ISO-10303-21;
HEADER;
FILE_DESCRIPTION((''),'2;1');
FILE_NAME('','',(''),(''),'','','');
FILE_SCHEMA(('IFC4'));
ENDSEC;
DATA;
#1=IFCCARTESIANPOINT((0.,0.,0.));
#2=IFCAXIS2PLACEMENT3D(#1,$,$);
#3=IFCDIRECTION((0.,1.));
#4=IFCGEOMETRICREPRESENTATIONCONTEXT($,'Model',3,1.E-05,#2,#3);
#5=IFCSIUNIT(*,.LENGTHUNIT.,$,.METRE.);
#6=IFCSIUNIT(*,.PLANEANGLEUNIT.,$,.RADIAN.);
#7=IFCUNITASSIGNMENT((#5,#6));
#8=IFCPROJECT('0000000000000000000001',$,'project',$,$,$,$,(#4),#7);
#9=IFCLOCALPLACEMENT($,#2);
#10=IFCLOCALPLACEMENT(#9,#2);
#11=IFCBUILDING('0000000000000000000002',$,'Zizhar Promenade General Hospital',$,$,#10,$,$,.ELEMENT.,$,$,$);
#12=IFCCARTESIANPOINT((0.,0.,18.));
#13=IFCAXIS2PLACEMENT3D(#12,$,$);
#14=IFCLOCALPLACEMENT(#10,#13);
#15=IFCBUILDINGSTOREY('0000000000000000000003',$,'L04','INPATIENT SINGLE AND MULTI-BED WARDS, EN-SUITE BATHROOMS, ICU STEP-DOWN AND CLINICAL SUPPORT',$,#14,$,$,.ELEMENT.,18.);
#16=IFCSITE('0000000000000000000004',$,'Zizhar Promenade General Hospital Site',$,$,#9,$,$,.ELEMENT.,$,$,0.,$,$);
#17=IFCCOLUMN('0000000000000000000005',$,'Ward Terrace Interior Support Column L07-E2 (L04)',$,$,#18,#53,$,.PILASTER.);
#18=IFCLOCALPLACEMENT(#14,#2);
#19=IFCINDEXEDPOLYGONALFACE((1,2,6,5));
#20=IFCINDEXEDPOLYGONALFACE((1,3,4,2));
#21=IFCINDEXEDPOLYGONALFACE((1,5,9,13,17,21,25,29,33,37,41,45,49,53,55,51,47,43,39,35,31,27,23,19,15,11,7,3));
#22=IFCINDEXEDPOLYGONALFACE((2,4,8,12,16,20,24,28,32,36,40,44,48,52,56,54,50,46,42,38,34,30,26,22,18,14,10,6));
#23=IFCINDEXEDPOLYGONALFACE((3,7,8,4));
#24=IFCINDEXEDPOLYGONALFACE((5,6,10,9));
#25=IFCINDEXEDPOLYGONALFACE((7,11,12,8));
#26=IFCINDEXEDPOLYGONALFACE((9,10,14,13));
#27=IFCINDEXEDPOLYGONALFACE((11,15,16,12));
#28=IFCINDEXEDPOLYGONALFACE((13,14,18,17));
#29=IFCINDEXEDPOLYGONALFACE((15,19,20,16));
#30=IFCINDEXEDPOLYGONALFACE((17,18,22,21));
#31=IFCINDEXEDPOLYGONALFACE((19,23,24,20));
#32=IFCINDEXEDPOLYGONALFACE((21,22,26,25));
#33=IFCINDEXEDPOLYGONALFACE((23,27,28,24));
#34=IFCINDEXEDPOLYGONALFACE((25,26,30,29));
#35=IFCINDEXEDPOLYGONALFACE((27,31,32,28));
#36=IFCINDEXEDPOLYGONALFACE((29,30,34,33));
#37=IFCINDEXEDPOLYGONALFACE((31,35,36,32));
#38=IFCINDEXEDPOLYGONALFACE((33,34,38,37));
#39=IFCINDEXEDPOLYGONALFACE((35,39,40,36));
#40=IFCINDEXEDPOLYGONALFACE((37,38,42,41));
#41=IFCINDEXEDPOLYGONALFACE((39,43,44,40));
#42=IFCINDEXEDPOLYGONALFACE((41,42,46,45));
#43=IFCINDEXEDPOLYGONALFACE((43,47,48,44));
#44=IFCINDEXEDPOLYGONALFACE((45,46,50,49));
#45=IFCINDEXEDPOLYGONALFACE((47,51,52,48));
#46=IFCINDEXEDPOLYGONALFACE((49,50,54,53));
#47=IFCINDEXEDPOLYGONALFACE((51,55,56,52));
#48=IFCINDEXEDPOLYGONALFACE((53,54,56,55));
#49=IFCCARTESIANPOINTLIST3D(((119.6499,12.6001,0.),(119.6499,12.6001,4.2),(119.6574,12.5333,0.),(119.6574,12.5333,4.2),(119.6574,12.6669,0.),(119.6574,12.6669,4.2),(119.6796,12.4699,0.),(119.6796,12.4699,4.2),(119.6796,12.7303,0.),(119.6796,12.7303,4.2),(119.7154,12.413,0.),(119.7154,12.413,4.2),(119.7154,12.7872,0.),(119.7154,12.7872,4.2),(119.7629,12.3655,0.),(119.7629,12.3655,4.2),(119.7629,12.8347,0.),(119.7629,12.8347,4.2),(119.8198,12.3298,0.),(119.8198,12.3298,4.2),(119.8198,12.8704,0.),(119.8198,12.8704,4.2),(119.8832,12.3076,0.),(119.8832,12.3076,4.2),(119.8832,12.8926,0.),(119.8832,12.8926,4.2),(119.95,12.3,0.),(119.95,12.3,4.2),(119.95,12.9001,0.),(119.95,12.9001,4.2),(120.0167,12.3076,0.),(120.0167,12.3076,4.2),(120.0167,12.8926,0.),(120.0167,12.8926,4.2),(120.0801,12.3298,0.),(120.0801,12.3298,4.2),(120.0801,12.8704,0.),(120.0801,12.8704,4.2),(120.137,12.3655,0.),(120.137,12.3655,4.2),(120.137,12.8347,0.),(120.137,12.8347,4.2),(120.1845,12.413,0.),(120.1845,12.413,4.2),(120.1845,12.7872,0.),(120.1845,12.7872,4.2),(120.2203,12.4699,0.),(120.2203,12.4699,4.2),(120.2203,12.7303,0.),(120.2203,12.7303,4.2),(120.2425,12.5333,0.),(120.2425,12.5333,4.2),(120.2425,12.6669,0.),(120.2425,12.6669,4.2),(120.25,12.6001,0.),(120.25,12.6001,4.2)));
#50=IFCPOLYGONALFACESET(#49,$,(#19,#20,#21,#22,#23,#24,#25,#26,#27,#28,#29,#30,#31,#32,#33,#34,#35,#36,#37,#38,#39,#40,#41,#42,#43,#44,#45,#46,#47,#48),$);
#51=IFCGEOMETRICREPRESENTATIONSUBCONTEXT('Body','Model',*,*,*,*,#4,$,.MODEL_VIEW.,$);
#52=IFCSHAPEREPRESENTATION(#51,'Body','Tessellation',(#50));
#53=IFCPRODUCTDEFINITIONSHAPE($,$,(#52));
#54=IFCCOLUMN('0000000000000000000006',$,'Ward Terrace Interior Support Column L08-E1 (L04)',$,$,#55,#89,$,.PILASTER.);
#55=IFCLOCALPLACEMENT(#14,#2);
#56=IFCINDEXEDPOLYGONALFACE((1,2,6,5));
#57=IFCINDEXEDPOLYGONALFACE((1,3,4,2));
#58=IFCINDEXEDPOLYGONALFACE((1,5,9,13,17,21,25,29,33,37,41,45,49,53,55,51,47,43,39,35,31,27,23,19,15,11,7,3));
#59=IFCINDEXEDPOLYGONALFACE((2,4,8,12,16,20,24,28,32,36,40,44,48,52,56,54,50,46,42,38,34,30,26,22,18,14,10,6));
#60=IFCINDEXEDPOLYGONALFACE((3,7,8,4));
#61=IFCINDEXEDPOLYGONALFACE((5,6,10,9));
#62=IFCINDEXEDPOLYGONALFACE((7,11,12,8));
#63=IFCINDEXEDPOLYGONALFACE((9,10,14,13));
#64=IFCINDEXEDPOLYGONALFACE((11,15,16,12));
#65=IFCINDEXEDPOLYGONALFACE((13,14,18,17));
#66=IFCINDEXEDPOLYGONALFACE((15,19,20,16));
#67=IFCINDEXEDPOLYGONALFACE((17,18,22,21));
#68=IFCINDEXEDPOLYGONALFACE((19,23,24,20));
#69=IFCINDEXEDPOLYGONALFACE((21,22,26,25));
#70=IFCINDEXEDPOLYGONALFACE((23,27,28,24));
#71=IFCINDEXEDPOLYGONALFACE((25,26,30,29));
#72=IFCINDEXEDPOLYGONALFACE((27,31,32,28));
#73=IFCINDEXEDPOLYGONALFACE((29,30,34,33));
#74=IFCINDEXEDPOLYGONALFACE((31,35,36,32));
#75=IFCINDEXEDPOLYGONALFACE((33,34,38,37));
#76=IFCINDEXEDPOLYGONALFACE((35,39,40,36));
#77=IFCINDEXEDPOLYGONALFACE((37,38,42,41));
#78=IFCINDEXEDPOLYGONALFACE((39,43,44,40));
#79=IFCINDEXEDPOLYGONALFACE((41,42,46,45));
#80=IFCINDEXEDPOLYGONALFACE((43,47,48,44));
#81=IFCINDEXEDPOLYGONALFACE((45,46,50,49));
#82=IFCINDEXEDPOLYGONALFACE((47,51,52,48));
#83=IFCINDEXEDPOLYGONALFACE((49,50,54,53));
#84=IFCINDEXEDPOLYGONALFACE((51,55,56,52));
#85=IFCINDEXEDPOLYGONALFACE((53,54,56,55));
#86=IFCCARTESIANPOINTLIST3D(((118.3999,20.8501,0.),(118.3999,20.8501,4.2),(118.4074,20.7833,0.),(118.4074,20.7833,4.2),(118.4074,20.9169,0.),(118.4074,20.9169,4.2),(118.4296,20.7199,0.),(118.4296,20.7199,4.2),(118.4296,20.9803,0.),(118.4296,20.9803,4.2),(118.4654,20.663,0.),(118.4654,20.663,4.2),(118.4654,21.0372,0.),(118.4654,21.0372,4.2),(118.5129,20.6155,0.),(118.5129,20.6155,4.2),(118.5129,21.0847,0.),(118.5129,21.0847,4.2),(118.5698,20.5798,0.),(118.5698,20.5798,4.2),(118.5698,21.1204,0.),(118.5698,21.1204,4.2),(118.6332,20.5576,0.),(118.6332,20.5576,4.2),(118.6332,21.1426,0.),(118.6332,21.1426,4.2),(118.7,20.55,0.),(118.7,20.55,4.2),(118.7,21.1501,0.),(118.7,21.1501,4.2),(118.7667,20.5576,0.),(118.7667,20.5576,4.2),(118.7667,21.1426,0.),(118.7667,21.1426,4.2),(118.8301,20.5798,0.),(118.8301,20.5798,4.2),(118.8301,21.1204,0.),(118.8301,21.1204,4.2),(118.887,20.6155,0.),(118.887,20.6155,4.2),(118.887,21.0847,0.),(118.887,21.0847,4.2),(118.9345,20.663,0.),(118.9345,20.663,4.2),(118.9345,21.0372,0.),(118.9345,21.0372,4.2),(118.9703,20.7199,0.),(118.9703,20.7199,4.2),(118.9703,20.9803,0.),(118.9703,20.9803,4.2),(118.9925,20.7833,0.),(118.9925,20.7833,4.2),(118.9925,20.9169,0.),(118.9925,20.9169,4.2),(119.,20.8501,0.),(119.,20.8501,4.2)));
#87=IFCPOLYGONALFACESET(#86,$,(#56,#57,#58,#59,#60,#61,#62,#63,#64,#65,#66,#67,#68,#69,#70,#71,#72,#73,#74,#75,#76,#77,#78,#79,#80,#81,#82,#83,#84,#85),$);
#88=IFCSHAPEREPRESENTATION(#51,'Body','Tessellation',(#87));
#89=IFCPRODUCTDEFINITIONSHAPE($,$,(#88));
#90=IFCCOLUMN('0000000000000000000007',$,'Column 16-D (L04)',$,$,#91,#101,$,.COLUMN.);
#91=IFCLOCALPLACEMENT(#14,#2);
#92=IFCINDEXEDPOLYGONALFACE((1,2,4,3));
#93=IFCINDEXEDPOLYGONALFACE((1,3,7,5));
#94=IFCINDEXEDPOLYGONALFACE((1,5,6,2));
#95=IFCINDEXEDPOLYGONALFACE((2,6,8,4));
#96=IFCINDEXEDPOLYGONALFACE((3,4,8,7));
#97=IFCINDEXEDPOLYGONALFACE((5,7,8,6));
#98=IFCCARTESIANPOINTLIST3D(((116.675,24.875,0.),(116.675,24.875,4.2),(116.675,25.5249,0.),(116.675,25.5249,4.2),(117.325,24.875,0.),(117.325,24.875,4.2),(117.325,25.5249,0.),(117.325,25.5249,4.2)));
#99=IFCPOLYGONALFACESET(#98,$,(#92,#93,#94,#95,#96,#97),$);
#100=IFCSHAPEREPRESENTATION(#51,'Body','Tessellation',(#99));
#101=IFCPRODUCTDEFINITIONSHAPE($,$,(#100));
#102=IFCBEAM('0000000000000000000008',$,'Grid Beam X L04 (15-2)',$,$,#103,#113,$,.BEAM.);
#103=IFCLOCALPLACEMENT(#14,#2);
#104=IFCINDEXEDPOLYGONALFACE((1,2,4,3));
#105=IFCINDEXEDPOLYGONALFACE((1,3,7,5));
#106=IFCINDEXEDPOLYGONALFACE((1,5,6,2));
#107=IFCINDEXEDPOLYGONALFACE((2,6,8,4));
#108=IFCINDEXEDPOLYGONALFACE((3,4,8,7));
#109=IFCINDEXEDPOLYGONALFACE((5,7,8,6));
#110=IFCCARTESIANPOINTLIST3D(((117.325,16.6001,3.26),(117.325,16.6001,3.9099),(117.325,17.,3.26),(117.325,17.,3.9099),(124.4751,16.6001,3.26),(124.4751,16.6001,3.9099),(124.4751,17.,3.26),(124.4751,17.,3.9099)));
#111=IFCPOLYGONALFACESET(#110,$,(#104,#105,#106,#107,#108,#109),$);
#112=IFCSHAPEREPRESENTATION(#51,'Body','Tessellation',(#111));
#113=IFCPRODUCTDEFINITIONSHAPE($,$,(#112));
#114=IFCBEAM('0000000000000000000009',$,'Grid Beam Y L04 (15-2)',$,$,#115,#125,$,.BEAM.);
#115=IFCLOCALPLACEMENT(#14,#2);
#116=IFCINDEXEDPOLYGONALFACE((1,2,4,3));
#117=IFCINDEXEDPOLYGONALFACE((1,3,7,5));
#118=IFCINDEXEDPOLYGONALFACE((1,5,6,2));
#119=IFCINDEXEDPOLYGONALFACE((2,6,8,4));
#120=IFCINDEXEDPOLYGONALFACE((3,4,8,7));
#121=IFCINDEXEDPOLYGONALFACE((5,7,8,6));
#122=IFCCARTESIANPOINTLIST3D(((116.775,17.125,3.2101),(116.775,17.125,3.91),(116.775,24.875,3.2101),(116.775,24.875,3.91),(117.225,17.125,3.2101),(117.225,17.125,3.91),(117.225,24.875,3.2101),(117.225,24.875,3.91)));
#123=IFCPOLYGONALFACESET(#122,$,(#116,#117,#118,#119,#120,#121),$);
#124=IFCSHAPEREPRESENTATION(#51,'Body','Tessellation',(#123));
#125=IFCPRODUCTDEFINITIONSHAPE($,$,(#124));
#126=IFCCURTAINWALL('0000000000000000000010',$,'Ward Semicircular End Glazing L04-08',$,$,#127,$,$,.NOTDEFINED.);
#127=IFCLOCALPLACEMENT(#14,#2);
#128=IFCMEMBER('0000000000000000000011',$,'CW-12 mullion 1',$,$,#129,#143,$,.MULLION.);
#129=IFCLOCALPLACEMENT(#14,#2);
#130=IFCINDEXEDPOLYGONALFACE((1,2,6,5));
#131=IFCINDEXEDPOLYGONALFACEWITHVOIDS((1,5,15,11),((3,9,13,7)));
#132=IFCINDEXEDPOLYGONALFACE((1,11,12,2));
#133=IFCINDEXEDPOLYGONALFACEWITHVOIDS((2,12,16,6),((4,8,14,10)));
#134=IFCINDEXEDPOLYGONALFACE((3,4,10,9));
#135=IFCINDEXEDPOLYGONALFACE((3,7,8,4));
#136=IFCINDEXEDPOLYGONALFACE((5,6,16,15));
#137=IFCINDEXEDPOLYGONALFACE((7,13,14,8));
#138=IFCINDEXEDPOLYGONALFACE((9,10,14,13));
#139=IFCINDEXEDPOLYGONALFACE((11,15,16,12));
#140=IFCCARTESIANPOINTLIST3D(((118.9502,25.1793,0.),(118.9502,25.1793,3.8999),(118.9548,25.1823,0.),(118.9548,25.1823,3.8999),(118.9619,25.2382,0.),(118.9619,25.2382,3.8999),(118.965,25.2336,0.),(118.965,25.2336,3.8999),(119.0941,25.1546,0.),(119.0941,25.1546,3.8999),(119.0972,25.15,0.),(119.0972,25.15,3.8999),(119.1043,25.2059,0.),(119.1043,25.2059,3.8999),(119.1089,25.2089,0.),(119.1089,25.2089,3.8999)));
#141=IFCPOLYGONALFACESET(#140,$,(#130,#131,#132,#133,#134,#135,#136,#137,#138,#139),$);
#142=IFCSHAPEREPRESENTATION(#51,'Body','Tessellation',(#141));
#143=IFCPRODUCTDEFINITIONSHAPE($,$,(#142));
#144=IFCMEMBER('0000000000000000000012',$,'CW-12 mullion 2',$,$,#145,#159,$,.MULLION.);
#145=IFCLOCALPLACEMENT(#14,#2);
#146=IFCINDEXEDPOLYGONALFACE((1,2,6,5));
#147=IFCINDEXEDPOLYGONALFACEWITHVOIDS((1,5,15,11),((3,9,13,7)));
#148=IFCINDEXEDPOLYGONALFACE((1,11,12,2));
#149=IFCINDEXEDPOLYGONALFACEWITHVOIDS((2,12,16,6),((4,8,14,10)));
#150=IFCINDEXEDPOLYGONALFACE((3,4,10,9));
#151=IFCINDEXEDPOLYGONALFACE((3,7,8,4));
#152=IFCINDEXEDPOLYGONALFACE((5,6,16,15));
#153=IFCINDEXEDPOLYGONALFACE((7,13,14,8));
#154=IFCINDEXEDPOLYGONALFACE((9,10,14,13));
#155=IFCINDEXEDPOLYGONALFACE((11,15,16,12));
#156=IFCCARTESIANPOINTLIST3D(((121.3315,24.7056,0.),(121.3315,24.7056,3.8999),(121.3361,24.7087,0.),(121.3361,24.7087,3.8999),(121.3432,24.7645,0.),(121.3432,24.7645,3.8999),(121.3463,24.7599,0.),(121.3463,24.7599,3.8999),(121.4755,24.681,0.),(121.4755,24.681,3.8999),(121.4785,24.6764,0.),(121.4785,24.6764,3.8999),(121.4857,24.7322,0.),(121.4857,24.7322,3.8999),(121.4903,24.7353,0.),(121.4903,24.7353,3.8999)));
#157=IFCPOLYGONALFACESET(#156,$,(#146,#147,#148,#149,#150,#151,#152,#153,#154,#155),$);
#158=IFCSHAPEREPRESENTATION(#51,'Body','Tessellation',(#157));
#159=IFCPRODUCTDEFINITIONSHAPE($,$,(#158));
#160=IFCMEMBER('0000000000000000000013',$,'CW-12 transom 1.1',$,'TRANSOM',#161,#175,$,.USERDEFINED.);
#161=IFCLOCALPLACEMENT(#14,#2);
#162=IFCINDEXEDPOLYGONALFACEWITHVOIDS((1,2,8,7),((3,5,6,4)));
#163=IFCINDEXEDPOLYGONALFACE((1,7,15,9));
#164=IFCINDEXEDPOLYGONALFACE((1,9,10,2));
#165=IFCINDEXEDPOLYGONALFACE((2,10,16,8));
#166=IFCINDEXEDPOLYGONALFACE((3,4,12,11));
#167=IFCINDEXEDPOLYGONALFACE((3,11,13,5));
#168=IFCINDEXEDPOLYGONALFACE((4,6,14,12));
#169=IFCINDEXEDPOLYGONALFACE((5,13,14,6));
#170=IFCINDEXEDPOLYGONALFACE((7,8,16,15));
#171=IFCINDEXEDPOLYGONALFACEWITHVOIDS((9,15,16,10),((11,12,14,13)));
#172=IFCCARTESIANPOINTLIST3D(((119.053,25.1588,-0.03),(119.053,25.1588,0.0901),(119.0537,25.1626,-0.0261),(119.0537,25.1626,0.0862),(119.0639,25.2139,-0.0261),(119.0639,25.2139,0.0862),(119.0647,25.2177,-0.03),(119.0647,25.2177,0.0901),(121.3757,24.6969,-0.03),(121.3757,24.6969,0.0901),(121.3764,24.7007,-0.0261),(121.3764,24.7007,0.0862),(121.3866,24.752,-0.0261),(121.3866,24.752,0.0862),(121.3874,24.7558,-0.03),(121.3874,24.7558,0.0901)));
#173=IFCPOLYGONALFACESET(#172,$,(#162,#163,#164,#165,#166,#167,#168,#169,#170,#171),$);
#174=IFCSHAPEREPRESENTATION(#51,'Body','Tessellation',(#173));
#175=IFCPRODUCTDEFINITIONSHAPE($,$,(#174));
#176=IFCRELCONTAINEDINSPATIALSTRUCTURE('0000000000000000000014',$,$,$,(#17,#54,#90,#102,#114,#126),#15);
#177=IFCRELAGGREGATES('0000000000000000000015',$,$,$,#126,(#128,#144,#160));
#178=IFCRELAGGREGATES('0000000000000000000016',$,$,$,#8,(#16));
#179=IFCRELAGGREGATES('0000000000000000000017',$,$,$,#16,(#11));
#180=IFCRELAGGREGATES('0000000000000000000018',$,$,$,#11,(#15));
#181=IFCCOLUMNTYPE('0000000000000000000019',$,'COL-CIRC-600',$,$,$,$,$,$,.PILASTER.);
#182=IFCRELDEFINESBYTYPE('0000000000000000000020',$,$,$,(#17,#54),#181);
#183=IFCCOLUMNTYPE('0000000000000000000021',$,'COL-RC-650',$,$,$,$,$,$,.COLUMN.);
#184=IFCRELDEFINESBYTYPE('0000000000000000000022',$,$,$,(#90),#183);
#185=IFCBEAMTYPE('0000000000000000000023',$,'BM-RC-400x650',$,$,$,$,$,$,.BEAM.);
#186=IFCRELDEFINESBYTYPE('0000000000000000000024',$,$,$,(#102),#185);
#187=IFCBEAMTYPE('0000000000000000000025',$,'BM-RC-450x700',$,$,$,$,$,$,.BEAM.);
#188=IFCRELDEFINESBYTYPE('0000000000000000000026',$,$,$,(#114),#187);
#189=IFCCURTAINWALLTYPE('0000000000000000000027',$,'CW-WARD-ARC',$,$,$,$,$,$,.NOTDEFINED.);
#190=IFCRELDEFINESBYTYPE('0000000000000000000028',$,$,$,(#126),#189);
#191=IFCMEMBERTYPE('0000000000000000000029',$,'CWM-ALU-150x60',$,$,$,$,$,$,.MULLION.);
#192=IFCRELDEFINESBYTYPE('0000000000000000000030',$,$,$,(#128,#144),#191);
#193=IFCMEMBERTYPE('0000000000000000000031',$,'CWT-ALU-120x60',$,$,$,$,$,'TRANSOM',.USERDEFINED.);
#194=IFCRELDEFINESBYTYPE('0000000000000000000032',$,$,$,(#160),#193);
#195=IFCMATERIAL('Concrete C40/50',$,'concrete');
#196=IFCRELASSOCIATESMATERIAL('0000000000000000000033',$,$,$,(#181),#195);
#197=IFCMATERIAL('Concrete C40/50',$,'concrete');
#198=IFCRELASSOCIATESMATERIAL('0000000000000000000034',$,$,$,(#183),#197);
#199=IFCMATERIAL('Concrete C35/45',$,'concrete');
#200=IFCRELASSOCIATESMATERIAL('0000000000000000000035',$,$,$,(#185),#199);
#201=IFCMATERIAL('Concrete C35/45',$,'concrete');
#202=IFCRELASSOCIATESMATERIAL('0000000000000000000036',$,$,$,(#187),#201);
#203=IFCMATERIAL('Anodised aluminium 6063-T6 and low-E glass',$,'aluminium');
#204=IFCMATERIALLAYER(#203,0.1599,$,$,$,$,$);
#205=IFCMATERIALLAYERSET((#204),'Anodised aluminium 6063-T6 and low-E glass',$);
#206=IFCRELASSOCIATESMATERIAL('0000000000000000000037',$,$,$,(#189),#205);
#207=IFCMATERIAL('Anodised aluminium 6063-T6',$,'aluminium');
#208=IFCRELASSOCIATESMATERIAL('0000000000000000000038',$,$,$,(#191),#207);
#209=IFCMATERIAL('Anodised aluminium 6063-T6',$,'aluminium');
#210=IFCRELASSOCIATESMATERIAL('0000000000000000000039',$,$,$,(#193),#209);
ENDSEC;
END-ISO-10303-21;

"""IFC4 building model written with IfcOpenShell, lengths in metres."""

from ifc_helpers import new_model, si_unit, direction, frame, origin, origin_2d, place, context, subcontext, project, spatial, rectangle, hollow_rectangle, circle, extrude, material, layer, layer_set, material_profile, profile_set, type_object, element, aggregate, save


model = new_model("IFC4")

# Units and contexts
model_context = context("Model", 3, precision=1e-05, world=origin(), true_north=direction((0.0, 1.0)))
body_context = subcontext(model_context, "Body", "Model", "MODEL_VIEW")
ifc_project = project(units=[si_unit("LENGTHUNIT", "METRE"), si_unit("PLANEANGLEUNIT", "RADIAN")], contexts=[model_context])

# Site, building, storey
site_placement = place(None, origin())
site = spatial("IfcSite", under=ifc_project, at=site_placement, Name="Zizhar Promenade General Hospital Site", CompositionType="ELEMENT", RefElevation=0.0)
building_placement = place(site_placement, origin())
building = spatial("IfcBuilding", under=site, at=building_placement, Name="Zizhar Promenade General Hospital", CompositionType="ELEMENT")
storey_placement = place(building_placement, frame((0.0, 0.0, 18.0)))
storey = spatial("IfcBuildingStorey", under=building, at=storey_placement, Name="L04", Description="INPATIENT SINGLE AND MULTI-BED WARDS, EN-SUITE BATHROOMS, ICU STEP-DOWN AND CLINICAL SUPPORT", CompositionType="ELEMENT", Elevation=18.0)

# Columns
ifc_material_1 = material(Name="Concrete C40/50", Category="concrete")
ifc_material_profile_1 = material_profile(ifc_material_1, circle(Radius=0.3, at=origin_2d()))
ifc_profile_set_1 = profile_set([ifc_material_profile_1], Name="Concrete C40/50")
column_type_1 = type_object("IfcColumnType", Name="COL-CIRC-600", PredefinedType="PILASTER", material=ifc_profile_set_1)
for number, where, z_axis, x_axis, name in (
    (1, (119.95, 12.6001, 0.0), (0.0, 0.0, 1.0), (1.0, 0.0, 0.0), "Ward Terrace Interior Support Column L07-E2 (L04)"),
    (2, (118.7, 20.8501, 0.0), (0.0, 0.0, 1.0), (1.0, 0.0, 0.0), "Ward Terrace Interior Support Column L08-E1 (L04)"),
):
    element("IfcColumn", number, at=place(storey_placement, frame(where, z_axis=z_axis, x_axis=x_axis)), inside=storey, type_object=column_type_1, Name=name, PredefinedType="PILASTER", context=body_context, shape_type="SweptSolid", body=[
        extrude(circle(Radius=0.3, at=origin_2d()), origin(), (0.0, 0.0, 1.0), 4.2),
    ])
ifc_material_2 = material(Name="Concrete C40/50", Category="concrete")
ifc_material_profile_2 = material_profile(ifc_material_2, rectangle(XDim=0.6499, YDim=0.6499, at=origin_2d()))
ifc_profile_set_2 = profile_set([ifc_material_profile_2], Name="Concrete C40/50")
column_type_2 = type_object("IfcColumnType", Name="COL-RC-650", PredefinedType="COLUMN", material=ifc_profile_set_2)
column_placement = place(storey_placement, frame((117.0, 25.2, 0.0), z_axis=(0.0, 0.0, 1.0), x_axis=(1.0, 0.0, 0.0)))
element("IfcColumn", 3, at=column_placement, inside=storey, type_object=column_type_2, Name="Column 16-D (L04)", PredefinedType="COLUMN", context=body_context, shape_type="SweptSolid", body=[
    extrude(rectangle(XDim=0.6499, YDim=0.6499, at=origin_2d()), origin(), (0.0, 0.0, 1.0), 4.2),
])

# Beams
ifc_material_3 = material(Name="Concrete C35/45", Category="concrete")
ifc_material_profile_3 = material_profile(ifc_material_3, rectangle(XDim=0.3999, YDim=0.6499, at=origin_2d()))
ifc_profile_set_3 = profile_set([ifc_material_profile_3], Name="Concrete C35/45")
beam_type_1 = type_object("IfcBeamType", Name="BM-RC-400x650", PredefinedType="BEAM", material=ifc_profile_set_3)
beam_1_placement = place(storey_placement, frame((117.325, 16.8, 3.585), z_axis=(1.0, 0.0, 0.0), x_axis=(0.0, 1.0, 0.0)))
element("IfcBeam", 4, at=beam_1_placement, inside=storey, type_object=beam_type_1, Name="Grid Beam X L04 (15-2)", PredefinedType="BEAM", context=body_context, shape_type="SweptSolid", body=[
    extrude(rectangle(XDim=0.3999, YDim=0.6499, at=origin_2d()), origin(), (0.0, 0.0, 1.0), 7.1501),
])
ifc_material_4 = material(Name="Concrete C35/45", Category="concrete")
ifc_material_profile_4 = material_profile(ifc_material_4, rectangle(XDim=0.45, YDim=0.7, at=origin_2d()))
ifc_profile_set_4 = profile_set([ifc_material_profile_4], Name="Concrete C35/45")
beam_type_2 = type_object("IfcBeamType", Name="BM-RC-450x700", PredefinedType="BEAM", material=ifc_profile_set_4)
beam_2_placement = place(storey_placement, frame((117.0, 17.125, 3.5601), z_axis=(0.0, 1.0, 0.0), x_axis=(-1.0, 0.0, 0.0)))
element("IfcBeam", 5, at=beam_2_placement, inside=storey, type_object=beam_type_2, Name="Grid Beam Y L04 (15-2)", PredefinedType="BEAM", context=body_context, shape_type="SweptSolid", body=[
    extrude(rectangle(XDim=0.45, YDim=0.7, at=origin_2d()), origin(), (0.0, 0.0, 1.0), 7.75),
])

# Curtain wall, members
ifc_material_5 = material(Name="Anodised aluminium 6063-T6 and low-E glass", Category="aluminium")
ifc_layer_1 = layer(ifc_material_5, 0.1599)
ifc_layer_set_1 = layer_set([ifc_layer_1], Name="Anodised aluminium 6063-T6 and low-E glass")
curtain_wall_type = type_object("IfcCurtainWallType", Name="CW-WARD-ARC", PredefinedType="NOTDEFINED", material=ifc_layer_set_1)
curtain_wall_placement = place(storey_placement, origin())
curtain_wall = element("IfcCurtainWall", 6, at=curtain_wall_placement, inside=storey, type_object=curtain_wall_type, Name="Ward Semicircular End Glazing L04-08", PredefinedType="NOTDEFINED")
ifc_material_6 = material(Name="Anodised aluminium 6063-T6", Category="aluminium")
ifc_material_profile_5 = material_profile(ifc_material_6, hollow_rectangle(XDim=0.0601, YDim=0.1499, WallThickness=0.0039, at=origin_2d()))
ifc_profile_set_5 = profile_set([ifc_material_profile_5], Name="Anodised aluminium 6063-T6")
member_type_1 = type_object("IfcMemberType", Name="CWM-ALU-150x60", PredefinedType="MULLION", material=ifc_profile_set_5)
member_1_placement = place(storey_placement, frame((119.0295, 25.1941, 0.0), z_axis=(0.0, 0.0, 1.0), x_axis=(0.195087, 0.980786, 0.0)))
member_1 = element("IfcMember", 7, at=member_1_placement, type_object=member_type_1, Name="CW-12 mullion 1", PredefinedType="MULLION", context=body_context, shape_type="SweptSolid", body=[
    extrude(hollow_rectangle(XDim=0.0601, YDim=0.1499, WallThickness=0.0039, at=origin_2d()), origin(), (0.0, 0.0, 1.0), 3.8999),
])
member_2_placement = place(storey_placement, frame((121.4109, 24.7205, 0.0), z_axis=(0.0, 0.0, 1.0), x_axis=(0.195087, 0.980786, 0.0)))
member_2 = element("IfcMember", 8, at=member_2_placement, type_object=member_type_1, Name="CW-12 mullion 2", PredefinedType="MULLION", context=body_context, shape_type="SweptSolid", body=[
    extrude(hollow_rectangle(XDim=0.0601, YDim=0.1499, WallThickness=0.0039, at=origin_2d()), origin(), (0.0, 0.0, 1.0), 3.8999),
])
ifc_material_7 = material(Name="Anodised aluminium 6063-T6", Category="aluminium")
ifc_material_profile_6 = material_profile(ifc_material_7, hollow_rectangle(XDim=0.0601, YDim=0.1201, WallThickness=0.0039, at=origin_2d()))
ifc_profile_set_6 = profile_set([ifc_material_profile_6], Name="Anodised aluminium 6063-T6")
member_type_2 = type_object("IfcMemberType", Name="CWT-ALU-120x60", ElementType="TRANSOM", PredefinedType="USERDEFINED", material=ifc_profile_set_6)
member_3_placement = place(storey_placement, frame((119.0588, 25.1882, 0.03), z_axis=(0.980794, -0.195045, 0.0), x_axis=(0.195045, 0.980794, 0.0)))
member_3 = element("IfcMember", 9, at=member_3_placement, type_object=member_type_2, Name="CW-12 transom 1.1", ObjectType="TRANSOM", PredefinedType="USERDEFINED", context=body_context, shape_type="SweptSolid", body=[
    extrude(hollow_rectangle(XDim=0.0601, YDim=0.1201, WallThickness=0.0039, at=origin_2d()), origin(), (0.0, 0.0, 1.0), 2.3682),
])
aggregate(curtain_wall, [member_1, member_2, member_3])

save(model, "model.ifc")
